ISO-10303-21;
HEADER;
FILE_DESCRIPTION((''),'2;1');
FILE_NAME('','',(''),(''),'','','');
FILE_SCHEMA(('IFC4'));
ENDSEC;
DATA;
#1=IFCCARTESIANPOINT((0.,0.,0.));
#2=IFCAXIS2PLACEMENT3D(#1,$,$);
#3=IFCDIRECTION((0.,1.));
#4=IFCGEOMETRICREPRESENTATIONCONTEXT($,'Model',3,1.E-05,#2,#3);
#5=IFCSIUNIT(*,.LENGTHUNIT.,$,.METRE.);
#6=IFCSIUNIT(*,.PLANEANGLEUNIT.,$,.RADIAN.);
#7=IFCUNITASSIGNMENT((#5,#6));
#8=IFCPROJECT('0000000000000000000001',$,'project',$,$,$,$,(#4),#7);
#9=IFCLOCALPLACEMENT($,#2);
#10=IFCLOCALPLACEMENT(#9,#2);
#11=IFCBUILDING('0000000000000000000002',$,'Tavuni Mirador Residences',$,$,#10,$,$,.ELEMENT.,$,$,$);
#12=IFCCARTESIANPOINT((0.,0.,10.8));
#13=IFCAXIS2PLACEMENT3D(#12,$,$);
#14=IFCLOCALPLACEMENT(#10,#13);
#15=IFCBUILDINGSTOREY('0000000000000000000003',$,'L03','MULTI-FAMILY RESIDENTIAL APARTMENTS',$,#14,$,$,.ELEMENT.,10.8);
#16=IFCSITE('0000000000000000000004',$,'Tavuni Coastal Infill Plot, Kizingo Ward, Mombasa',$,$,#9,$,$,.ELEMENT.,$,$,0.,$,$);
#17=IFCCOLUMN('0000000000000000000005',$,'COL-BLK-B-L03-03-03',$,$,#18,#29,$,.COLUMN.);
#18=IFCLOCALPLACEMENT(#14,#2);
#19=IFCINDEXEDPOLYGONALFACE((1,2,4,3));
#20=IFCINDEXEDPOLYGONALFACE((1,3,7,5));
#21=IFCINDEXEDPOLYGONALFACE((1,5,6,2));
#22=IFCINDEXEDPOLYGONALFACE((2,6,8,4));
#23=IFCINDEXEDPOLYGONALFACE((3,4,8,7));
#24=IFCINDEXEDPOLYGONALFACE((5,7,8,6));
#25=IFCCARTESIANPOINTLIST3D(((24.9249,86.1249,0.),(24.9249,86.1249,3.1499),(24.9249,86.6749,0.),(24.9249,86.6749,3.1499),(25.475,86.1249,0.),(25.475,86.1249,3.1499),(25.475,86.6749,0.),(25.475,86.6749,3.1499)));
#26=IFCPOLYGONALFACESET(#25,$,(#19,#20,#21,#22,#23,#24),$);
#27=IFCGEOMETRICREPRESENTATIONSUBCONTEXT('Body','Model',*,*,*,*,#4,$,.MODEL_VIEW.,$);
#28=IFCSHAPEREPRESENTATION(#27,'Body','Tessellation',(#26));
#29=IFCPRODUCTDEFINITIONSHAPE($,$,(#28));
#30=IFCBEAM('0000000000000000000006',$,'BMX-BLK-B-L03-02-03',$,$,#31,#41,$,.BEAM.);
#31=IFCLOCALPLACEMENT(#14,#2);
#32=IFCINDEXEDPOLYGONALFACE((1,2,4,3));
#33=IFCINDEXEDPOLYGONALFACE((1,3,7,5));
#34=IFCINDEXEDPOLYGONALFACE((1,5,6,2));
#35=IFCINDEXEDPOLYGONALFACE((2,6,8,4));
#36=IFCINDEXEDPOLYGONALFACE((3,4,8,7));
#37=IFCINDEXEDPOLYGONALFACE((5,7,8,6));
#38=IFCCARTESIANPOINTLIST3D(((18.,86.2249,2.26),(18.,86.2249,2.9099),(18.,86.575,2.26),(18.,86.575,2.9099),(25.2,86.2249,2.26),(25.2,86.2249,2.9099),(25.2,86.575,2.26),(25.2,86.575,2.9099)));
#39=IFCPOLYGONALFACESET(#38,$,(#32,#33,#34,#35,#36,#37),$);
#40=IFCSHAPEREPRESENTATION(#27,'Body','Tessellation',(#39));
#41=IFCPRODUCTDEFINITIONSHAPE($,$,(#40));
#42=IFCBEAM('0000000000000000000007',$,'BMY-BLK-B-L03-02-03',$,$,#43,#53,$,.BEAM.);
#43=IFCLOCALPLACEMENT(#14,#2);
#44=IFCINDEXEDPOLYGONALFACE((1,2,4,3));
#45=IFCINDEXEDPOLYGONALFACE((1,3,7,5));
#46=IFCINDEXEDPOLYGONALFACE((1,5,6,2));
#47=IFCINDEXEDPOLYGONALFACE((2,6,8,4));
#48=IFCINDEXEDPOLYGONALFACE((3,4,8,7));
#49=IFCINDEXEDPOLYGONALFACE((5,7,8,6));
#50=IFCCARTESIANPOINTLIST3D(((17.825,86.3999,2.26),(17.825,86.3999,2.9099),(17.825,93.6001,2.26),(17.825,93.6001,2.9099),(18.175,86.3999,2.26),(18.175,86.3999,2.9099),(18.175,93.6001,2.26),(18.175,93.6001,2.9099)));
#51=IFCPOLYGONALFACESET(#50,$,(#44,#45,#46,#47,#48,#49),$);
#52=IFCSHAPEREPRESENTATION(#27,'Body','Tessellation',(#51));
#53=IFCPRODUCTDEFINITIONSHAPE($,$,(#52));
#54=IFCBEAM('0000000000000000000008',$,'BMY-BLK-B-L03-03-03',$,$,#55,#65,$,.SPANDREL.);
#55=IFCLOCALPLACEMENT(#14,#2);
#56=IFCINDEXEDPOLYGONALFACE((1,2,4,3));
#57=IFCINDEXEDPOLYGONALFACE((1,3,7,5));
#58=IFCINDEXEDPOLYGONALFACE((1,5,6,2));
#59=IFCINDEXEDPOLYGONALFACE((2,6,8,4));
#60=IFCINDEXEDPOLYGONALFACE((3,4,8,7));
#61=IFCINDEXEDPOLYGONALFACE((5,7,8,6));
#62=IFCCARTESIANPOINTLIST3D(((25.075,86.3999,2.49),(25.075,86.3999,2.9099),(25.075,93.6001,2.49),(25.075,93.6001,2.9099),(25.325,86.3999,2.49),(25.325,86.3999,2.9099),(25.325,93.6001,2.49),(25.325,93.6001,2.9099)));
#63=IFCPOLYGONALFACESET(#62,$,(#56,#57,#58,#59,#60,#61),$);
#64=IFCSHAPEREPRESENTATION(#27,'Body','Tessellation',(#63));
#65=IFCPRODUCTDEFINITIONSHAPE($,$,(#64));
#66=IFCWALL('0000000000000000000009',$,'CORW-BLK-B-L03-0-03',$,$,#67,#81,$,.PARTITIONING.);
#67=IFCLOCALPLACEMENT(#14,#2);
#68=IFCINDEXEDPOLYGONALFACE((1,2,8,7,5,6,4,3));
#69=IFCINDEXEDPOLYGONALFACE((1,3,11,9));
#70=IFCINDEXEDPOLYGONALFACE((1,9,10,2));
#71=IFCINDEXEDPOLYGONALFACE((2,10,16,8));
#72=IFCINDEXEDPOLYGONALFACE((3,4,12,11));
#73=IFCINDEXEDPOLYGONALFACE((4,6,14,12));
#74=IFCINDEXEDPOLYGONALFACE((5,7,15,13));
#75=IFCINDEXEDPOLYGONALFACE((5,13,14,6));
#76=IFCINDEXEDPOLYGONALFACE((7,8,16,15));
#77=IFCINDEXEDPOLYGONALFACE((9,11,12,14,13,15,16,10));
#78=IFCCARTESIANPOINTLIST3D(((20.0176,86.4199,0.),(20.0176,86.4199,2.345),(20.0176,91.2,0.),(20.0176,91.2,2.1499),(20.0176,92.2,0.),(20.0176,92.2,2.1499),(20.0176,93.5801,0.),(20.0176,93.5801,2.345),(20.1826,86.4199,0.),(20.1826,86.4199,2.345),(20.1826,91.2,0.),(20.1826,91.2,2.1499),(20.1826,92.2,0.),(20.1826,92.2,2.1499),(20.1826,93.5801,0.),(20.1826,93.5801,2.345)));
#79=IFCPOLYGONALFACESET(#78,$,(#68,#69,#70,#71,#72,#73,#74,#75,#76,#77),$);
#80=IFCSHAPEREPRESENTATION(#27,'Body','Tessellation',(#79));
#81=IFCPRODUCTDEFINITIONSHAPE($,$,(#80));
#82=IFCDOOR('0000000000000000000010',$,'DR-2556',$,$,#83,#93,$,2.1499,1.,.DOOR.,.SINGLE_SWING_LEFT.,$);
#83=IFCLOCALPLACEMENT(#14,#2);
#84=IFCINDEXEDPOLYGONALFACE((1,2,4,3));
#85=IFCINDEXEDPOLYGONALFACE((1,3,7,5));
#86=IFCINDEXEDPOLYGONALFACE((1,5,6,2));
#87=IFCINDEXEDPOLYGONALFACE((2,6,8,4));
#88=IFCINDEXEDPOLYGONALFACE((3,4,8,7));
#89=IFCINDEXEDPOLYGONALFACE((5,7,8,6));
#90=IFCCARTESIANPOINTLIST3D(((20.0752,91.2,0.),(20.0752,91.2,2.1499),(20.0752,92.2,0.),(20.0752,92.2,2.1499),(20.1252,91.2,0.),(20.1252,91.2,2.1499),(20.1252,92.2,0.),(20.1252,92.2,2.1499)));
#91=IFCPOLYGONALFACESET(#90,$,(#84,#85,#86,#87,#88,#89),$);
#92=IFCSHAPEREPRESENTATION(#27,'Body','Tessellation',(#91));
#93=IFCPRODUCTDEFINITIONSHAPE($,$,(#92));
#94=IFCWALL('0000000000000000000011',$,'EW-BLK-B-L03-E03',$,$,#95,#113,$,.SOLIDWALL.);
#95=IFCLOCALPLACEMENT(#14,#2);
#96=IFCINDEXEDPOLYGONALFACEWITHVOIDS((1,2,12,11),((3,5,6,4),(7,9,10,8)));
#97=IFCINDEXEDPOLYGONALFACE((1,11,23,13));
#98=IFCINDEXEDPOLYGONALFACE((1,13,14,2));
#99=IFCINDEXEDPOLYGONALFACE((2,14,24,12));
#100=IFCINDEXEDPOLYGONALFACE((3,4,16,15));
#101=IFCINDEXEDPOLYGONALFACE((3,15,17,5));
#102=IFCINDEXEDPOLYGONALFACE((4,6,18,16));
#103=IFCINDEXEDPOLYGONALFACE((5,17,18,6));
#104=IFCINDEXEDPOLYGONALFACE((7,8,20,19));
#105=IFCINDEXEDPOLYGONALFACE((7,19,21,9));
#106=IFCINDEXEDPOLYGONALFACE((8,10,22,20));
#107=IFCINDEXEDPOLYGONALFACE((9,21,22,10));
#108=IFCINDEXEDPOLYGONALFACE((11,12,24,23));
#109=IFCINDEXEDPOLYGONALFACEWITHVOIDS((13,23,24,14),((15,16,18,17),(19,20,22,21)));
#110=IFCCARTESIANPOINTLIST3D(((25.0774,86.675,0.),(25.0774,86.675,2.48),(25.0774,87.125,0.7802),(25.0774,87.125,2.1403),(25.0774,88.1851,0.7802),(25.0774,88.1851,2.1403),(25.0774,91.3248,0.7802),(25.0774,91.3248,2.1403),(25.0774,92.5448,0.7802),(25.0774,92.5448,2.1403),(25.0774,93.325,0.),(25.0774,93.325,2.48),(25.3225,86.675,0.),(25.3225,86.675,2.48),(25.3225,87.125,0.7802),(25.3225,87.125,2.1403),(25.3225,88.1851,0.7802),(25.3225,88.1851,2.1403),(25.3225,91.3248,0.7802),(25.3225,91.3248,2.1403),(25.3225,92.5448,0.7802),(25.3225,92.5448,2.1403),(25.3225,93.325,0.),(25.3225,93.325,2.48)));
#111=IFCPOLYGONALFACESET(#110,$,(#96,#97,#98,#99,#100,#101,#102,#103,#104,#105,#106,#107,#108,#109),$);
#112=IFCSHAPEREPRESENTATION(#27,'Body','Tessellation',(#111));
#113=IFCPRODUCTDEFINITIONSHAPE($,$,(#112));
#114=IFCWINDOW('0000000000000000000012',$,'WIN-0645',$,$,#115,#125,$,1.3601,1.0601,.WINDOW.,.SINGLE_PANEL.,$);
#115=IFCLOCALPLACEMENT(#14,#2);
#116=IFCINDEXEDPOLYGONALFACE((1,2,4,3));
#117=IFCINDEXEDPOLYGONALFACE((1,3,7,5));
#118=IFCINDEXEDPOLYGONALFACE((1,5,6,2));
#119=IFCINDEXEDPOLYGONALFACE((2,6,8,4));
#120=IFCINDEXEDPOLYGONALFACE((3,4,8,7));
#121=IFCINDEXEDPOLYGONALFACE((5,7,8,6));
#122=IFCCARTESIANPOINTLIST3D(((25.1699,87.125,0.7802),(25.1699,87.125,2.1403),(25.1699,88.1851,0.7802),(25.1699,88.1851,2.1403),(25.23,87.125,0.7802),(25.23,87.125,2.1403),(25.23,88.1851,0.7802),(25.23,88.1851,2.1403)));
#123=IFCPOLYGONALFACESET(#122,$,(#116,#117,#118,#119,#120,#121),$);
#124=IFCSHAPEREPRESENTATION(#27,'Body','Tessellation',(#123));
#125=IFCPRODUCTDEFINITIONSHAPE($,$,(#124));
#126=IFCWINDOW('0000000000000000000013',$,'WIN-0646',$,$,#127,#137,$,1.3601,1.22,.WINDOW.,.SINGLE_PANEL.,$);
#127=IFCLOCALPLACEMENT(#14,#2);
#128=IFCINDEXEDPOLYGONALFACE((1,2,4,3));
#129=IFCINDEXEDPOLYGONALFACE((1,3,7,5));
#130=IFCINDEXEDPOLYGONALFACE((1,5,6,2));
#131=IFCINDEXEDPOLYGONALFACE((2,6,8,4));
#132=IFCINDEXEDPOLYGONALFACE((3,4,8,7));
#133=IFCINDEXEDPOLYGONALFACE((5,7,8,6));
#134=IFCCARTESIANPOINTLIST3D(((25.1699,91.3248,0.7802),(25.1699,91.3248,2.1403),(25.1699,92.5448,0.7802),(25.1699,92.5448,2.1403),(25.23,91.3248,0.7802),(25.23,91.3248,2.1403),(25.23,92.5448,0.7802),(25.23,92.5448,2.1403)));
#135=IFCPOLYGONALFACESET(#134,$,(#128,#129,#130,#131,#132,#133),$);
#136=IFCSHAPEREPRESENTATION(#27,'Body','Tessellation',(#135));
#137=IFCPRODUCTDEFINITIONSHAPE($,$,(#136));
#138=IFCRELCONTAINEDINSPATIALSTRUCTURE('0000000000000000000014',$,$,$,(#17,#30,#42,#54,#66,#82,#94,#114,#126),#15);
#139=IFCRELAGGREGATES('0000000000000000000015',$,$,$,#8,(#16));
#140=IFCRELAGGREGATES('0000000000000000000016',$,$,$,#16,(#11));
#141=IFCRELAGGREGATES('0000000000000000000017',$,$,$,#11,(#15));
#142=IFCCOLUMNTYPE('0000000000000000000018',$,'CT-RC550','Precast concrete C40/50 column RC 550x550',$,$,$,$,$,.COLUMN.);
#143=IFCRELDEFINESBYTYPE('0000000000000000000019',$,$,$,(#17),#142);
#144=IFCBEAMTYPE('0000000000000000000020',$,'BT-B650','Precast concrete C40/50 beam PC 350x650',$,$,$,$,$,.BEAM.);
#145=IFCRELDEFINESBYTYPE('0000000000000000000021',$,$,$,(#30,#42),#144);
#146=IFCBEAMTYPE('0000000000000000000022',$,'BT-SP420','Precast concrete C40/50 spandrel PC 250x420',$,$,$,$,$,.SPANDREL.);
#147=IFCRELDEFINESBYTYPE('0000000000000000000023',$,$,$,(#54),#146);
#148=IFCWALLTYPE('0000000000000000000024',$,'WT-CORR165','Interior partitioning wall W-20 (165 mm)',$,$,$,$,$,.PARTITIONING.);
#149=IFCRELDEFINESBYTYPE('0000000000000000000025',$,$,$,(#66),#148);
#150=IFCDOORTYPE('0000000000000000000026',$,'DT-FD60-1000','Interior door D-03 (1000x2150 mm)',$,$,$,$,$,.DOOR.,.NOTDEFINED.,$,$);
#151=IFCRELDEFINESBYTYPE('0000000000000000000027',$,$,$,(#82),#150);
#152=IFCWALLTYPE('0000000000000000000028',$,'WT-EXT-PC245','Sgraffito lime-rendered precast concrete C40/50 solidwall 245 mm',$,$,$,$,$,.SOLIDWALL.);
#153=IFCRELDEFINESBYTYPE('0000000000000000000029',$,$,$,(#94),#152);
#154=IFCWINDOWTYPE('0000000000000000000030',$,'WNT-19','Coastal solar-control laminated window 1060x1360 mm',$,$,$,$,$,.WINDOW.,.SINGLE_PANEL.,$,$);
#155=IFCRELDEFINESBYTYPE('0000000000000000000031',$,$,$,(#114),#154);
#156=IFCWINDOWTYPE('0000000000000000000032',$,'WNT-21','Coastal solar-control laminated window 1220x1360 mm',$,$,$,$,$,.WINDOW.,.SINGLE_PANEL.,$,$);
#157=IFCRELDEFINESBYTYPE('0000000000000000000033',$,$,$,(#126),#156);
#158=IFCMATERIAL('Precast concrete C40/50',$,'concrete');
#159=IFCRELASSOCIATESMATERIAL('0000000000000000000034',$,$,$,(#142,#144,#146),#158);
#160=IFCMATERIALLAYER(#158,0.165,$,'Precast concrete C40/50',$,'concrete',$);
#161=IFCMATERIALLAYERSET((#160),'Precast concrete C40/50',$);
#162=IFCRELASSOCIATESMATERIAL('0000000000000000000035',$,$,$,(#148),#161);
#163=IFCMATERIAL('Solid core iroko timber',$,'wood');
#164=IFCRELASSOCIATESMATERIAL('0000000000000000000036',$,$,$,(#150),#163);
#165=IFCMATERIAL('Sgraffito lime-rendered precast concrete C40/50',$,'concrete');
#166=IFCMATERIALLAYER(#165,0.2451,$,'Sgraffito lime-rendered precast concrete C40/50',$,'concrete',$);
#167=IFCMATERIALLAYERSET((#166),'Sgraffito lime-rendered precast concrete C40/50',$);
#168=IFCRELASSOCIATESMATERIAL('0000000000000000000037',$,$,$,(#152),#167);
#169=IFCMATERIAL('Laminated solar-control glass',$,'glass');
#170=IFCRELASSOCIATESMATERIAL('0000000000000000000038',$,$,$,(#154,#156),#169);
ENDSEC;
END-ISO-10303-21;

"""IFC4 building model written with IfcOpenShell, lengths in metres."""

from ifc_helpers import new_model, si_unit, direction, frame, frame_2d, origin, origin_2d, place, context, subcontext, project, spatial, rectangle, extrude, material, layer, layer_set, material_profile, profile_set, type_object, element, fill, save


model = new_model("IFC4")

# Units and contexts
model_context = context("Model", 3, precision=1e-05, world=origin(), true_north=direction((0.0, 1.0)))
body_context = subcontext(model_context, "Body", "Model", "MODEL_VIEW")
ifc_project = project(units=[si_unit("LENGTHUNIT", "METRE"), si_unit("PLANEANGLEUNIT", "RADIAN")], contexts=[model_context])

# Site, building, storey
site_placement = place(None, origin())
site = spatial("IfcSite", under=ifc_project, at=site_placement, Name="Tavuni Coastal Infill Plot, Kizingo Ward, Mombasa", CompositionType="ELEMENT", RefElevation=0.0)
building_placement = place(site_placement, origin())
building = spatial("IfcBuilding", under=site, at=building_placement, Name="Tavuni Mirador Residences", CompositionType="ELEMENT")
storey_placement = place(building_placement, frame((0.0, 0.0, 10.8)))
storey = spatial("IfcBuildingStorey", under=building, at=storey_placement, Name="L03", Description="MULTI-FAMILY RESIDENTIAL APARTMENTS", CompositionType="ELEMENT", Elevation=10.8)

# Column
ifc_material_1 = material(Name="Precast concrete C40/50", Category="concrete")
ifc_material_profile_1 = material_profile(ifc_material_1, rectangle(XDim=0.55, YDim=0.55, at=origin_2d()), Name="RC 550x550", Category="concrete")
ifc_profile_set_1 = profile_set([ifc_material_profile_1], Name="Precast concrete C40/50")
column_type = type_object("IfcColumnType", Name="CT-RC550", Description="Precast concrete C40/50 column RC 550x550", PredefinedType="COLUMN", material=ifc_profile_set_1)
column_placement = place(storey_placement, frame((25.2, 86.3999, 0.0), z_axis=(0.0, 0.0, 1.0), x_axis=(1.0, 0.0, 0.0)))
element("IfcColumn", 1, at=column_placement, inside=storey, type_object=column_type, Name="COL-BLK-B-L03-03-03", PredefinedType="COLUMN", context=body_context, shape_type="SweptSolid", body=[
    extrude(rectangle(XDim=0.55, YDim=0.55, at=origin_2d()), origin(), (0.0, 0.0, 1.0), 3.1499),
])

# Beams
ifc_material_profile_2 = material_profile(ifc_material_1, rectangle(XDim=0.3501, YDim=0.6499, at=origin_2d()), Name="PC 350x650", Category="concrete")
ifc_profile_set_2 = profile_set([ifc_material_profile_2], Name="Precast concrete C40/50")
beam_type_1 = type_object("IfcBeamType", Name="BT-B650", Description="Precast concrete C40/50 beam PC 350x650", PredefinedType="BEAM", material=ifc_profile_set_2)
beam_1_placement = place(storey_placement, frame((18.0, 86.3999, 2.585), z_axis=(1.0, 0.0, 0.0), x_axis=(0.0, 1.0, 0.0)))
element("IfcBeam", 2, at=beam_1_placement, inside=storey, type_object=beam_type_1, Name="BMX-BLK-B-L03-02-03", PredefinedType="BEAM", context=body_context, shape_type="SweptSolid", body=[
    extrude(rectangle(XDim=0.3501, YDim=0.6499, at=origin_2d()), origin(), (0.0, 0.0, 1.0), 7.2),
])
beam_2_placement = place(storey_placement, frame((18.0, 86.3999, 2.585), z_axis=(0.0, 1.0, 0.0), x_axis=(-1.0, 0.0, 0.0)))
element("IfcBeam", 3, at=beam_2_placement, inside=storey, type_object=beam_type_1, Name="BMY-BLK-B-L03-02-03", PredefinedType="BEAM", context=body_context, shape_type="SweptSolid", body=[
    extrude(rectangle(XDim=0.3501, YDim=0.6499, at=origin_2d()), origin(), (0.0, 0.0, 1.0), 7.2002),
])
ifc_material_profile_3 = material_profile(ifc_material_1, rectangle(XDim=0.25, YDim=0.4199, at=origin_2d()), Name="PC 250x420", Category="concrete")
ifc_profile_set_3 = profile_set([ifc_material_profile_3], Name="Precast concrete C40/50")
beam_type_2 = type_object("IfcBeamType", Name="BT-SP420", Description="Precast concrete C40/50 spandrel PC 250x420", PredefinedType="SPANDREL", material=ifc_profile_set_3)
beam_3_placement = place(storey_placement, frame((25.2, 86.3999, 2.7), z_axis=(0.0, 1.0, 0.0), x_axis=(-1.0, 0.0, 0.0)))
element("IfcBeam", 4, at=beam_3_placement, inside=storey, type_object=beam_type_2, Name="BMY-BLK-B-L03-03-03", PredefinedType="SPANDREL", context=body_context, shape_type="SweptSolid", body=[
    extrude(rectangle(XDim=0.25, YDim=0.4199, at=origin_2d()), origin(), (0.0, 0.0, 1.0), 7.2002),
])

# Wall, opening, door
ifc_material_2 = material(Name="Solid core iroko timber", Category="wood")
ifc_layer_1 = layer(ifc_material_1, 0.165, Name="Precast concrete C40/50", Category="concrete")
ifc_layer_set_1 = layer_set([ifc_layer_1], Name="Precast concrete C40/50")
wall_type_1 = type_object("IfcWallType", Name="WT-CORR165", Description="Interior partitioning wall W-20 (165 mm)", PredefinedType="PARTITIONING", material=ifc_layer_set_1)
wall_1_placement = place(storey_placement, frame((20.1001, 86.4199, 0.0), z_axis=(0.0, 0.0, 1.0), x_axis=(0.0, 1.0, 0.0)))
wall_1 = element("IfcWall", 5, at=wall_1_placement, inside=storey, type_object=wall_type_1, Name="CORW-BLK-B-L03-0-03", PredefinedType="PARTITIONING", context=body_context, shape_type="SweptSolid", body=[
    extrude(rectangle(XDim=7.1602, YDim=0.165, at=frame_2d((3.5801, 0.0))), origin(), (0.0, 0.0, 1.0), 2.345),
])
opening_1_placement = place(wall_1_placement, frame((4.78, 0.0, 0.0)))
opening_1 = element("IfcOpeningElement", 6, at=opening_1_placement, cuts=wall_1, PredefinedType="OPENING", context=body_context, shape_type="SweptSolid", body=[
    extrude(rectangle(XDim=1.0, YDim=2.1499, at=frame_2d((0.5, 1.075))), frame((0.0, 0.0925, 0.0), z_axis=(0.0, -1.0, 0.0), x_axis=(1.0, 0.0, 0.0)), (0.0, 0.0, 1.0), 0.1851),
])
door_type_1 = type_object("IfcDoorType", Name="DT-FD60-1000", Description="Interior door D-03 (1000x2150 mm)", OperationType="NOTDEFINED", PredefinedType="DOOR", material=ifc_material_2)
door_1_placement = place(opening_1_placement, origin())
door_1 = element("IfcDoor", 7, at=door_1_placement, inside=storey, type_object=door_type_1, Name="DR-2556", OperationType="SINGLE_SWING_LEFT", OverallHeight=2.1499, OverallWidth=1.0, PredefinedType="DOOR", context=body_context, shape_type="SweptSolid", body=[
    extrude(rectangle(XDim=1.0, YDim=2.1499, at=frame_2d((0.5, 1.075))), frame((0.0, 0.0249, 0.0), z_axis=(0.0, -1.0, 0.0), x_axis=(1.0, 0.0, 0.0)), (0.0, 0.0, 1.0), 0.05),
])
fill(opening_1, door_1)

# Wall, openings, windows
ifc_material_3 = material(Name="Sgraffito lime-rendered precast concrete C40/50", Category="concrete")
ifc_layer_2 = layer(ifc_material_3, 0.2451, Name="Sgraffito lime-rendered precast concrete C40/50", Category="concrete")
ifc_layer_set_2 = layer_set([ifc_layer_2], Name="Sgraffito lime-rendered precast concrete C40/50")
wall_type_2 = type_object("IfcWallType", Name="WT-EXT-PC245", Description="Sgraffito lime-rendered precast concrete C40/50 solidwall 245 mm", PredefinedType="SOLIDWALL", material=ifc_layer_set_2)
wall_2_placement = place(storey_placement, frame((25.2, 86.675, 0.0), z_axis=(0.0, 0.0, 1.0), x_axis=(0.0, 1.0, 0.0)))
wall_2 = element("IfcWall", 8, at=wall_2_placement, inside=storey, type_object=wall_type_2, Name="EW-BLK-B-L03-E03", PredefinedType="SOLIDWALL", context=body_context, shape_type="SweptSolid", body=[
    extrude(rectangle(XDim=6.6499, YDim=0.2451, at=frame_2d((3.325, 0.0))), origin(), (0.0, 0.0, 1.0), 2.48),
])
opening_2_placement = place(wall_2_placement, frame((0.45, 0.0, 0.78)))
opening_2 = element("IfcOpeningElement", 9, at=opening_2_placement, cuts=wall_2, PredefinedType="OPENING", context=body_context, shape_type="SweptSolid", body=[
    extrude(rectangle(XDim=1.0601, YDim=1.3601, at=frame_2d((0.53, 0.6802))), frame((0.0, 0.1326, 0.0), z_axis=(0.0, -1.0, 0.0), x_axis=(1.0, 0.0, 0.0)), (0.0, 0.0, 1.0), 0.2651),
])
opening_3_placement = place(wall_2_placement, frame((4.6499, 0.0, 0.78)))
opening_3 = element("IfcOpeningElement", 10, at=opening_3_placement, cuts=wall_2, PredefinedType="OPENING", context=body_context, shape_type="SweptSolid", body=[
    extrude(rectangle(XDim=1.22, YDim=1.3601, at=frame_2d((0.6099, 0.6802))), frame((0.0, 0.1326, 0.0), z_axis=(0.0, -1.0, 0.0), x_axis=(1.0, 0.0, 0.0)), (0.0, 0.0, 1.0), 0.2651),
])
ifc_material_4 = material(Name="Laminated solar-control glass", Category="glass")
window_type_1 = type_object("IfcWindowType", Name="WNT-19", Description="Coastal solar-control laminated window 1060x1360 mm", PartitioningType="SINGLE_PANEL", PredefinedType="WINDOW", material=ifc_material_4)
window_1_placement = place(opening_2_placement, origin())
window_1 = element("IfcWindow", 11, at=window_1_placement, inside=storey, type_object=window_type_1, Name="WIN-0645", OverallHeight=1.3601, OverallWidth=1.0601, PartitioningType="SINGLE_PANEL", PredefinedType="WINDOW", context=body_context, shape_type="SweptSolid", body=[
    extrude(rectangle(XDim=1.0601, YDim=1.3601, at=frame_2d((0.53, 0.6802))), frame((0.0, 0.03, 0.0), z_axis=(0.0, -1.0, 0.0), x_axis=(1.0, 0.0, 0.0)), (0.0, 0.0, 1.0), 0.0601),
])
fill(opening_2, window_1)
window_type_2 = type_object("IfcWindowType", Name="WNT-21", Description="Coastal solar-control laminated window 1220x1360 mm", PartitioningType="SINGLE_PANEL", PredefinedType="WINDOW", material=ifc_material_4)
window_2_placement = place(opening_3_placement, origin())
window_2 = element("IfcWindow", 12, at=window_2_placement, inside=storey, type_object=window_type_2, Name="WIN-0646", OverallHeight=1.3601, OverallWidth=1.22, PartitioningType="SINGLE_PANEL", PredefinedType="WINDOW", context=body_context, shape_type="SweptSolid", body=[
    extrude(rectangle(XDim=1.22, YDim=1.3601, at=frame_2d((0.6099, 0.6802))), frame((0.0, 0.03, 0.0), z_axis=(0.0, -1.0, 0.0), x_axis=(1.0, 0.0, 0.0)), (0.0, 0.0, 1.0), 0.0601),
])
fill(opening_3, window_2)

save(model, "model.ifc")
